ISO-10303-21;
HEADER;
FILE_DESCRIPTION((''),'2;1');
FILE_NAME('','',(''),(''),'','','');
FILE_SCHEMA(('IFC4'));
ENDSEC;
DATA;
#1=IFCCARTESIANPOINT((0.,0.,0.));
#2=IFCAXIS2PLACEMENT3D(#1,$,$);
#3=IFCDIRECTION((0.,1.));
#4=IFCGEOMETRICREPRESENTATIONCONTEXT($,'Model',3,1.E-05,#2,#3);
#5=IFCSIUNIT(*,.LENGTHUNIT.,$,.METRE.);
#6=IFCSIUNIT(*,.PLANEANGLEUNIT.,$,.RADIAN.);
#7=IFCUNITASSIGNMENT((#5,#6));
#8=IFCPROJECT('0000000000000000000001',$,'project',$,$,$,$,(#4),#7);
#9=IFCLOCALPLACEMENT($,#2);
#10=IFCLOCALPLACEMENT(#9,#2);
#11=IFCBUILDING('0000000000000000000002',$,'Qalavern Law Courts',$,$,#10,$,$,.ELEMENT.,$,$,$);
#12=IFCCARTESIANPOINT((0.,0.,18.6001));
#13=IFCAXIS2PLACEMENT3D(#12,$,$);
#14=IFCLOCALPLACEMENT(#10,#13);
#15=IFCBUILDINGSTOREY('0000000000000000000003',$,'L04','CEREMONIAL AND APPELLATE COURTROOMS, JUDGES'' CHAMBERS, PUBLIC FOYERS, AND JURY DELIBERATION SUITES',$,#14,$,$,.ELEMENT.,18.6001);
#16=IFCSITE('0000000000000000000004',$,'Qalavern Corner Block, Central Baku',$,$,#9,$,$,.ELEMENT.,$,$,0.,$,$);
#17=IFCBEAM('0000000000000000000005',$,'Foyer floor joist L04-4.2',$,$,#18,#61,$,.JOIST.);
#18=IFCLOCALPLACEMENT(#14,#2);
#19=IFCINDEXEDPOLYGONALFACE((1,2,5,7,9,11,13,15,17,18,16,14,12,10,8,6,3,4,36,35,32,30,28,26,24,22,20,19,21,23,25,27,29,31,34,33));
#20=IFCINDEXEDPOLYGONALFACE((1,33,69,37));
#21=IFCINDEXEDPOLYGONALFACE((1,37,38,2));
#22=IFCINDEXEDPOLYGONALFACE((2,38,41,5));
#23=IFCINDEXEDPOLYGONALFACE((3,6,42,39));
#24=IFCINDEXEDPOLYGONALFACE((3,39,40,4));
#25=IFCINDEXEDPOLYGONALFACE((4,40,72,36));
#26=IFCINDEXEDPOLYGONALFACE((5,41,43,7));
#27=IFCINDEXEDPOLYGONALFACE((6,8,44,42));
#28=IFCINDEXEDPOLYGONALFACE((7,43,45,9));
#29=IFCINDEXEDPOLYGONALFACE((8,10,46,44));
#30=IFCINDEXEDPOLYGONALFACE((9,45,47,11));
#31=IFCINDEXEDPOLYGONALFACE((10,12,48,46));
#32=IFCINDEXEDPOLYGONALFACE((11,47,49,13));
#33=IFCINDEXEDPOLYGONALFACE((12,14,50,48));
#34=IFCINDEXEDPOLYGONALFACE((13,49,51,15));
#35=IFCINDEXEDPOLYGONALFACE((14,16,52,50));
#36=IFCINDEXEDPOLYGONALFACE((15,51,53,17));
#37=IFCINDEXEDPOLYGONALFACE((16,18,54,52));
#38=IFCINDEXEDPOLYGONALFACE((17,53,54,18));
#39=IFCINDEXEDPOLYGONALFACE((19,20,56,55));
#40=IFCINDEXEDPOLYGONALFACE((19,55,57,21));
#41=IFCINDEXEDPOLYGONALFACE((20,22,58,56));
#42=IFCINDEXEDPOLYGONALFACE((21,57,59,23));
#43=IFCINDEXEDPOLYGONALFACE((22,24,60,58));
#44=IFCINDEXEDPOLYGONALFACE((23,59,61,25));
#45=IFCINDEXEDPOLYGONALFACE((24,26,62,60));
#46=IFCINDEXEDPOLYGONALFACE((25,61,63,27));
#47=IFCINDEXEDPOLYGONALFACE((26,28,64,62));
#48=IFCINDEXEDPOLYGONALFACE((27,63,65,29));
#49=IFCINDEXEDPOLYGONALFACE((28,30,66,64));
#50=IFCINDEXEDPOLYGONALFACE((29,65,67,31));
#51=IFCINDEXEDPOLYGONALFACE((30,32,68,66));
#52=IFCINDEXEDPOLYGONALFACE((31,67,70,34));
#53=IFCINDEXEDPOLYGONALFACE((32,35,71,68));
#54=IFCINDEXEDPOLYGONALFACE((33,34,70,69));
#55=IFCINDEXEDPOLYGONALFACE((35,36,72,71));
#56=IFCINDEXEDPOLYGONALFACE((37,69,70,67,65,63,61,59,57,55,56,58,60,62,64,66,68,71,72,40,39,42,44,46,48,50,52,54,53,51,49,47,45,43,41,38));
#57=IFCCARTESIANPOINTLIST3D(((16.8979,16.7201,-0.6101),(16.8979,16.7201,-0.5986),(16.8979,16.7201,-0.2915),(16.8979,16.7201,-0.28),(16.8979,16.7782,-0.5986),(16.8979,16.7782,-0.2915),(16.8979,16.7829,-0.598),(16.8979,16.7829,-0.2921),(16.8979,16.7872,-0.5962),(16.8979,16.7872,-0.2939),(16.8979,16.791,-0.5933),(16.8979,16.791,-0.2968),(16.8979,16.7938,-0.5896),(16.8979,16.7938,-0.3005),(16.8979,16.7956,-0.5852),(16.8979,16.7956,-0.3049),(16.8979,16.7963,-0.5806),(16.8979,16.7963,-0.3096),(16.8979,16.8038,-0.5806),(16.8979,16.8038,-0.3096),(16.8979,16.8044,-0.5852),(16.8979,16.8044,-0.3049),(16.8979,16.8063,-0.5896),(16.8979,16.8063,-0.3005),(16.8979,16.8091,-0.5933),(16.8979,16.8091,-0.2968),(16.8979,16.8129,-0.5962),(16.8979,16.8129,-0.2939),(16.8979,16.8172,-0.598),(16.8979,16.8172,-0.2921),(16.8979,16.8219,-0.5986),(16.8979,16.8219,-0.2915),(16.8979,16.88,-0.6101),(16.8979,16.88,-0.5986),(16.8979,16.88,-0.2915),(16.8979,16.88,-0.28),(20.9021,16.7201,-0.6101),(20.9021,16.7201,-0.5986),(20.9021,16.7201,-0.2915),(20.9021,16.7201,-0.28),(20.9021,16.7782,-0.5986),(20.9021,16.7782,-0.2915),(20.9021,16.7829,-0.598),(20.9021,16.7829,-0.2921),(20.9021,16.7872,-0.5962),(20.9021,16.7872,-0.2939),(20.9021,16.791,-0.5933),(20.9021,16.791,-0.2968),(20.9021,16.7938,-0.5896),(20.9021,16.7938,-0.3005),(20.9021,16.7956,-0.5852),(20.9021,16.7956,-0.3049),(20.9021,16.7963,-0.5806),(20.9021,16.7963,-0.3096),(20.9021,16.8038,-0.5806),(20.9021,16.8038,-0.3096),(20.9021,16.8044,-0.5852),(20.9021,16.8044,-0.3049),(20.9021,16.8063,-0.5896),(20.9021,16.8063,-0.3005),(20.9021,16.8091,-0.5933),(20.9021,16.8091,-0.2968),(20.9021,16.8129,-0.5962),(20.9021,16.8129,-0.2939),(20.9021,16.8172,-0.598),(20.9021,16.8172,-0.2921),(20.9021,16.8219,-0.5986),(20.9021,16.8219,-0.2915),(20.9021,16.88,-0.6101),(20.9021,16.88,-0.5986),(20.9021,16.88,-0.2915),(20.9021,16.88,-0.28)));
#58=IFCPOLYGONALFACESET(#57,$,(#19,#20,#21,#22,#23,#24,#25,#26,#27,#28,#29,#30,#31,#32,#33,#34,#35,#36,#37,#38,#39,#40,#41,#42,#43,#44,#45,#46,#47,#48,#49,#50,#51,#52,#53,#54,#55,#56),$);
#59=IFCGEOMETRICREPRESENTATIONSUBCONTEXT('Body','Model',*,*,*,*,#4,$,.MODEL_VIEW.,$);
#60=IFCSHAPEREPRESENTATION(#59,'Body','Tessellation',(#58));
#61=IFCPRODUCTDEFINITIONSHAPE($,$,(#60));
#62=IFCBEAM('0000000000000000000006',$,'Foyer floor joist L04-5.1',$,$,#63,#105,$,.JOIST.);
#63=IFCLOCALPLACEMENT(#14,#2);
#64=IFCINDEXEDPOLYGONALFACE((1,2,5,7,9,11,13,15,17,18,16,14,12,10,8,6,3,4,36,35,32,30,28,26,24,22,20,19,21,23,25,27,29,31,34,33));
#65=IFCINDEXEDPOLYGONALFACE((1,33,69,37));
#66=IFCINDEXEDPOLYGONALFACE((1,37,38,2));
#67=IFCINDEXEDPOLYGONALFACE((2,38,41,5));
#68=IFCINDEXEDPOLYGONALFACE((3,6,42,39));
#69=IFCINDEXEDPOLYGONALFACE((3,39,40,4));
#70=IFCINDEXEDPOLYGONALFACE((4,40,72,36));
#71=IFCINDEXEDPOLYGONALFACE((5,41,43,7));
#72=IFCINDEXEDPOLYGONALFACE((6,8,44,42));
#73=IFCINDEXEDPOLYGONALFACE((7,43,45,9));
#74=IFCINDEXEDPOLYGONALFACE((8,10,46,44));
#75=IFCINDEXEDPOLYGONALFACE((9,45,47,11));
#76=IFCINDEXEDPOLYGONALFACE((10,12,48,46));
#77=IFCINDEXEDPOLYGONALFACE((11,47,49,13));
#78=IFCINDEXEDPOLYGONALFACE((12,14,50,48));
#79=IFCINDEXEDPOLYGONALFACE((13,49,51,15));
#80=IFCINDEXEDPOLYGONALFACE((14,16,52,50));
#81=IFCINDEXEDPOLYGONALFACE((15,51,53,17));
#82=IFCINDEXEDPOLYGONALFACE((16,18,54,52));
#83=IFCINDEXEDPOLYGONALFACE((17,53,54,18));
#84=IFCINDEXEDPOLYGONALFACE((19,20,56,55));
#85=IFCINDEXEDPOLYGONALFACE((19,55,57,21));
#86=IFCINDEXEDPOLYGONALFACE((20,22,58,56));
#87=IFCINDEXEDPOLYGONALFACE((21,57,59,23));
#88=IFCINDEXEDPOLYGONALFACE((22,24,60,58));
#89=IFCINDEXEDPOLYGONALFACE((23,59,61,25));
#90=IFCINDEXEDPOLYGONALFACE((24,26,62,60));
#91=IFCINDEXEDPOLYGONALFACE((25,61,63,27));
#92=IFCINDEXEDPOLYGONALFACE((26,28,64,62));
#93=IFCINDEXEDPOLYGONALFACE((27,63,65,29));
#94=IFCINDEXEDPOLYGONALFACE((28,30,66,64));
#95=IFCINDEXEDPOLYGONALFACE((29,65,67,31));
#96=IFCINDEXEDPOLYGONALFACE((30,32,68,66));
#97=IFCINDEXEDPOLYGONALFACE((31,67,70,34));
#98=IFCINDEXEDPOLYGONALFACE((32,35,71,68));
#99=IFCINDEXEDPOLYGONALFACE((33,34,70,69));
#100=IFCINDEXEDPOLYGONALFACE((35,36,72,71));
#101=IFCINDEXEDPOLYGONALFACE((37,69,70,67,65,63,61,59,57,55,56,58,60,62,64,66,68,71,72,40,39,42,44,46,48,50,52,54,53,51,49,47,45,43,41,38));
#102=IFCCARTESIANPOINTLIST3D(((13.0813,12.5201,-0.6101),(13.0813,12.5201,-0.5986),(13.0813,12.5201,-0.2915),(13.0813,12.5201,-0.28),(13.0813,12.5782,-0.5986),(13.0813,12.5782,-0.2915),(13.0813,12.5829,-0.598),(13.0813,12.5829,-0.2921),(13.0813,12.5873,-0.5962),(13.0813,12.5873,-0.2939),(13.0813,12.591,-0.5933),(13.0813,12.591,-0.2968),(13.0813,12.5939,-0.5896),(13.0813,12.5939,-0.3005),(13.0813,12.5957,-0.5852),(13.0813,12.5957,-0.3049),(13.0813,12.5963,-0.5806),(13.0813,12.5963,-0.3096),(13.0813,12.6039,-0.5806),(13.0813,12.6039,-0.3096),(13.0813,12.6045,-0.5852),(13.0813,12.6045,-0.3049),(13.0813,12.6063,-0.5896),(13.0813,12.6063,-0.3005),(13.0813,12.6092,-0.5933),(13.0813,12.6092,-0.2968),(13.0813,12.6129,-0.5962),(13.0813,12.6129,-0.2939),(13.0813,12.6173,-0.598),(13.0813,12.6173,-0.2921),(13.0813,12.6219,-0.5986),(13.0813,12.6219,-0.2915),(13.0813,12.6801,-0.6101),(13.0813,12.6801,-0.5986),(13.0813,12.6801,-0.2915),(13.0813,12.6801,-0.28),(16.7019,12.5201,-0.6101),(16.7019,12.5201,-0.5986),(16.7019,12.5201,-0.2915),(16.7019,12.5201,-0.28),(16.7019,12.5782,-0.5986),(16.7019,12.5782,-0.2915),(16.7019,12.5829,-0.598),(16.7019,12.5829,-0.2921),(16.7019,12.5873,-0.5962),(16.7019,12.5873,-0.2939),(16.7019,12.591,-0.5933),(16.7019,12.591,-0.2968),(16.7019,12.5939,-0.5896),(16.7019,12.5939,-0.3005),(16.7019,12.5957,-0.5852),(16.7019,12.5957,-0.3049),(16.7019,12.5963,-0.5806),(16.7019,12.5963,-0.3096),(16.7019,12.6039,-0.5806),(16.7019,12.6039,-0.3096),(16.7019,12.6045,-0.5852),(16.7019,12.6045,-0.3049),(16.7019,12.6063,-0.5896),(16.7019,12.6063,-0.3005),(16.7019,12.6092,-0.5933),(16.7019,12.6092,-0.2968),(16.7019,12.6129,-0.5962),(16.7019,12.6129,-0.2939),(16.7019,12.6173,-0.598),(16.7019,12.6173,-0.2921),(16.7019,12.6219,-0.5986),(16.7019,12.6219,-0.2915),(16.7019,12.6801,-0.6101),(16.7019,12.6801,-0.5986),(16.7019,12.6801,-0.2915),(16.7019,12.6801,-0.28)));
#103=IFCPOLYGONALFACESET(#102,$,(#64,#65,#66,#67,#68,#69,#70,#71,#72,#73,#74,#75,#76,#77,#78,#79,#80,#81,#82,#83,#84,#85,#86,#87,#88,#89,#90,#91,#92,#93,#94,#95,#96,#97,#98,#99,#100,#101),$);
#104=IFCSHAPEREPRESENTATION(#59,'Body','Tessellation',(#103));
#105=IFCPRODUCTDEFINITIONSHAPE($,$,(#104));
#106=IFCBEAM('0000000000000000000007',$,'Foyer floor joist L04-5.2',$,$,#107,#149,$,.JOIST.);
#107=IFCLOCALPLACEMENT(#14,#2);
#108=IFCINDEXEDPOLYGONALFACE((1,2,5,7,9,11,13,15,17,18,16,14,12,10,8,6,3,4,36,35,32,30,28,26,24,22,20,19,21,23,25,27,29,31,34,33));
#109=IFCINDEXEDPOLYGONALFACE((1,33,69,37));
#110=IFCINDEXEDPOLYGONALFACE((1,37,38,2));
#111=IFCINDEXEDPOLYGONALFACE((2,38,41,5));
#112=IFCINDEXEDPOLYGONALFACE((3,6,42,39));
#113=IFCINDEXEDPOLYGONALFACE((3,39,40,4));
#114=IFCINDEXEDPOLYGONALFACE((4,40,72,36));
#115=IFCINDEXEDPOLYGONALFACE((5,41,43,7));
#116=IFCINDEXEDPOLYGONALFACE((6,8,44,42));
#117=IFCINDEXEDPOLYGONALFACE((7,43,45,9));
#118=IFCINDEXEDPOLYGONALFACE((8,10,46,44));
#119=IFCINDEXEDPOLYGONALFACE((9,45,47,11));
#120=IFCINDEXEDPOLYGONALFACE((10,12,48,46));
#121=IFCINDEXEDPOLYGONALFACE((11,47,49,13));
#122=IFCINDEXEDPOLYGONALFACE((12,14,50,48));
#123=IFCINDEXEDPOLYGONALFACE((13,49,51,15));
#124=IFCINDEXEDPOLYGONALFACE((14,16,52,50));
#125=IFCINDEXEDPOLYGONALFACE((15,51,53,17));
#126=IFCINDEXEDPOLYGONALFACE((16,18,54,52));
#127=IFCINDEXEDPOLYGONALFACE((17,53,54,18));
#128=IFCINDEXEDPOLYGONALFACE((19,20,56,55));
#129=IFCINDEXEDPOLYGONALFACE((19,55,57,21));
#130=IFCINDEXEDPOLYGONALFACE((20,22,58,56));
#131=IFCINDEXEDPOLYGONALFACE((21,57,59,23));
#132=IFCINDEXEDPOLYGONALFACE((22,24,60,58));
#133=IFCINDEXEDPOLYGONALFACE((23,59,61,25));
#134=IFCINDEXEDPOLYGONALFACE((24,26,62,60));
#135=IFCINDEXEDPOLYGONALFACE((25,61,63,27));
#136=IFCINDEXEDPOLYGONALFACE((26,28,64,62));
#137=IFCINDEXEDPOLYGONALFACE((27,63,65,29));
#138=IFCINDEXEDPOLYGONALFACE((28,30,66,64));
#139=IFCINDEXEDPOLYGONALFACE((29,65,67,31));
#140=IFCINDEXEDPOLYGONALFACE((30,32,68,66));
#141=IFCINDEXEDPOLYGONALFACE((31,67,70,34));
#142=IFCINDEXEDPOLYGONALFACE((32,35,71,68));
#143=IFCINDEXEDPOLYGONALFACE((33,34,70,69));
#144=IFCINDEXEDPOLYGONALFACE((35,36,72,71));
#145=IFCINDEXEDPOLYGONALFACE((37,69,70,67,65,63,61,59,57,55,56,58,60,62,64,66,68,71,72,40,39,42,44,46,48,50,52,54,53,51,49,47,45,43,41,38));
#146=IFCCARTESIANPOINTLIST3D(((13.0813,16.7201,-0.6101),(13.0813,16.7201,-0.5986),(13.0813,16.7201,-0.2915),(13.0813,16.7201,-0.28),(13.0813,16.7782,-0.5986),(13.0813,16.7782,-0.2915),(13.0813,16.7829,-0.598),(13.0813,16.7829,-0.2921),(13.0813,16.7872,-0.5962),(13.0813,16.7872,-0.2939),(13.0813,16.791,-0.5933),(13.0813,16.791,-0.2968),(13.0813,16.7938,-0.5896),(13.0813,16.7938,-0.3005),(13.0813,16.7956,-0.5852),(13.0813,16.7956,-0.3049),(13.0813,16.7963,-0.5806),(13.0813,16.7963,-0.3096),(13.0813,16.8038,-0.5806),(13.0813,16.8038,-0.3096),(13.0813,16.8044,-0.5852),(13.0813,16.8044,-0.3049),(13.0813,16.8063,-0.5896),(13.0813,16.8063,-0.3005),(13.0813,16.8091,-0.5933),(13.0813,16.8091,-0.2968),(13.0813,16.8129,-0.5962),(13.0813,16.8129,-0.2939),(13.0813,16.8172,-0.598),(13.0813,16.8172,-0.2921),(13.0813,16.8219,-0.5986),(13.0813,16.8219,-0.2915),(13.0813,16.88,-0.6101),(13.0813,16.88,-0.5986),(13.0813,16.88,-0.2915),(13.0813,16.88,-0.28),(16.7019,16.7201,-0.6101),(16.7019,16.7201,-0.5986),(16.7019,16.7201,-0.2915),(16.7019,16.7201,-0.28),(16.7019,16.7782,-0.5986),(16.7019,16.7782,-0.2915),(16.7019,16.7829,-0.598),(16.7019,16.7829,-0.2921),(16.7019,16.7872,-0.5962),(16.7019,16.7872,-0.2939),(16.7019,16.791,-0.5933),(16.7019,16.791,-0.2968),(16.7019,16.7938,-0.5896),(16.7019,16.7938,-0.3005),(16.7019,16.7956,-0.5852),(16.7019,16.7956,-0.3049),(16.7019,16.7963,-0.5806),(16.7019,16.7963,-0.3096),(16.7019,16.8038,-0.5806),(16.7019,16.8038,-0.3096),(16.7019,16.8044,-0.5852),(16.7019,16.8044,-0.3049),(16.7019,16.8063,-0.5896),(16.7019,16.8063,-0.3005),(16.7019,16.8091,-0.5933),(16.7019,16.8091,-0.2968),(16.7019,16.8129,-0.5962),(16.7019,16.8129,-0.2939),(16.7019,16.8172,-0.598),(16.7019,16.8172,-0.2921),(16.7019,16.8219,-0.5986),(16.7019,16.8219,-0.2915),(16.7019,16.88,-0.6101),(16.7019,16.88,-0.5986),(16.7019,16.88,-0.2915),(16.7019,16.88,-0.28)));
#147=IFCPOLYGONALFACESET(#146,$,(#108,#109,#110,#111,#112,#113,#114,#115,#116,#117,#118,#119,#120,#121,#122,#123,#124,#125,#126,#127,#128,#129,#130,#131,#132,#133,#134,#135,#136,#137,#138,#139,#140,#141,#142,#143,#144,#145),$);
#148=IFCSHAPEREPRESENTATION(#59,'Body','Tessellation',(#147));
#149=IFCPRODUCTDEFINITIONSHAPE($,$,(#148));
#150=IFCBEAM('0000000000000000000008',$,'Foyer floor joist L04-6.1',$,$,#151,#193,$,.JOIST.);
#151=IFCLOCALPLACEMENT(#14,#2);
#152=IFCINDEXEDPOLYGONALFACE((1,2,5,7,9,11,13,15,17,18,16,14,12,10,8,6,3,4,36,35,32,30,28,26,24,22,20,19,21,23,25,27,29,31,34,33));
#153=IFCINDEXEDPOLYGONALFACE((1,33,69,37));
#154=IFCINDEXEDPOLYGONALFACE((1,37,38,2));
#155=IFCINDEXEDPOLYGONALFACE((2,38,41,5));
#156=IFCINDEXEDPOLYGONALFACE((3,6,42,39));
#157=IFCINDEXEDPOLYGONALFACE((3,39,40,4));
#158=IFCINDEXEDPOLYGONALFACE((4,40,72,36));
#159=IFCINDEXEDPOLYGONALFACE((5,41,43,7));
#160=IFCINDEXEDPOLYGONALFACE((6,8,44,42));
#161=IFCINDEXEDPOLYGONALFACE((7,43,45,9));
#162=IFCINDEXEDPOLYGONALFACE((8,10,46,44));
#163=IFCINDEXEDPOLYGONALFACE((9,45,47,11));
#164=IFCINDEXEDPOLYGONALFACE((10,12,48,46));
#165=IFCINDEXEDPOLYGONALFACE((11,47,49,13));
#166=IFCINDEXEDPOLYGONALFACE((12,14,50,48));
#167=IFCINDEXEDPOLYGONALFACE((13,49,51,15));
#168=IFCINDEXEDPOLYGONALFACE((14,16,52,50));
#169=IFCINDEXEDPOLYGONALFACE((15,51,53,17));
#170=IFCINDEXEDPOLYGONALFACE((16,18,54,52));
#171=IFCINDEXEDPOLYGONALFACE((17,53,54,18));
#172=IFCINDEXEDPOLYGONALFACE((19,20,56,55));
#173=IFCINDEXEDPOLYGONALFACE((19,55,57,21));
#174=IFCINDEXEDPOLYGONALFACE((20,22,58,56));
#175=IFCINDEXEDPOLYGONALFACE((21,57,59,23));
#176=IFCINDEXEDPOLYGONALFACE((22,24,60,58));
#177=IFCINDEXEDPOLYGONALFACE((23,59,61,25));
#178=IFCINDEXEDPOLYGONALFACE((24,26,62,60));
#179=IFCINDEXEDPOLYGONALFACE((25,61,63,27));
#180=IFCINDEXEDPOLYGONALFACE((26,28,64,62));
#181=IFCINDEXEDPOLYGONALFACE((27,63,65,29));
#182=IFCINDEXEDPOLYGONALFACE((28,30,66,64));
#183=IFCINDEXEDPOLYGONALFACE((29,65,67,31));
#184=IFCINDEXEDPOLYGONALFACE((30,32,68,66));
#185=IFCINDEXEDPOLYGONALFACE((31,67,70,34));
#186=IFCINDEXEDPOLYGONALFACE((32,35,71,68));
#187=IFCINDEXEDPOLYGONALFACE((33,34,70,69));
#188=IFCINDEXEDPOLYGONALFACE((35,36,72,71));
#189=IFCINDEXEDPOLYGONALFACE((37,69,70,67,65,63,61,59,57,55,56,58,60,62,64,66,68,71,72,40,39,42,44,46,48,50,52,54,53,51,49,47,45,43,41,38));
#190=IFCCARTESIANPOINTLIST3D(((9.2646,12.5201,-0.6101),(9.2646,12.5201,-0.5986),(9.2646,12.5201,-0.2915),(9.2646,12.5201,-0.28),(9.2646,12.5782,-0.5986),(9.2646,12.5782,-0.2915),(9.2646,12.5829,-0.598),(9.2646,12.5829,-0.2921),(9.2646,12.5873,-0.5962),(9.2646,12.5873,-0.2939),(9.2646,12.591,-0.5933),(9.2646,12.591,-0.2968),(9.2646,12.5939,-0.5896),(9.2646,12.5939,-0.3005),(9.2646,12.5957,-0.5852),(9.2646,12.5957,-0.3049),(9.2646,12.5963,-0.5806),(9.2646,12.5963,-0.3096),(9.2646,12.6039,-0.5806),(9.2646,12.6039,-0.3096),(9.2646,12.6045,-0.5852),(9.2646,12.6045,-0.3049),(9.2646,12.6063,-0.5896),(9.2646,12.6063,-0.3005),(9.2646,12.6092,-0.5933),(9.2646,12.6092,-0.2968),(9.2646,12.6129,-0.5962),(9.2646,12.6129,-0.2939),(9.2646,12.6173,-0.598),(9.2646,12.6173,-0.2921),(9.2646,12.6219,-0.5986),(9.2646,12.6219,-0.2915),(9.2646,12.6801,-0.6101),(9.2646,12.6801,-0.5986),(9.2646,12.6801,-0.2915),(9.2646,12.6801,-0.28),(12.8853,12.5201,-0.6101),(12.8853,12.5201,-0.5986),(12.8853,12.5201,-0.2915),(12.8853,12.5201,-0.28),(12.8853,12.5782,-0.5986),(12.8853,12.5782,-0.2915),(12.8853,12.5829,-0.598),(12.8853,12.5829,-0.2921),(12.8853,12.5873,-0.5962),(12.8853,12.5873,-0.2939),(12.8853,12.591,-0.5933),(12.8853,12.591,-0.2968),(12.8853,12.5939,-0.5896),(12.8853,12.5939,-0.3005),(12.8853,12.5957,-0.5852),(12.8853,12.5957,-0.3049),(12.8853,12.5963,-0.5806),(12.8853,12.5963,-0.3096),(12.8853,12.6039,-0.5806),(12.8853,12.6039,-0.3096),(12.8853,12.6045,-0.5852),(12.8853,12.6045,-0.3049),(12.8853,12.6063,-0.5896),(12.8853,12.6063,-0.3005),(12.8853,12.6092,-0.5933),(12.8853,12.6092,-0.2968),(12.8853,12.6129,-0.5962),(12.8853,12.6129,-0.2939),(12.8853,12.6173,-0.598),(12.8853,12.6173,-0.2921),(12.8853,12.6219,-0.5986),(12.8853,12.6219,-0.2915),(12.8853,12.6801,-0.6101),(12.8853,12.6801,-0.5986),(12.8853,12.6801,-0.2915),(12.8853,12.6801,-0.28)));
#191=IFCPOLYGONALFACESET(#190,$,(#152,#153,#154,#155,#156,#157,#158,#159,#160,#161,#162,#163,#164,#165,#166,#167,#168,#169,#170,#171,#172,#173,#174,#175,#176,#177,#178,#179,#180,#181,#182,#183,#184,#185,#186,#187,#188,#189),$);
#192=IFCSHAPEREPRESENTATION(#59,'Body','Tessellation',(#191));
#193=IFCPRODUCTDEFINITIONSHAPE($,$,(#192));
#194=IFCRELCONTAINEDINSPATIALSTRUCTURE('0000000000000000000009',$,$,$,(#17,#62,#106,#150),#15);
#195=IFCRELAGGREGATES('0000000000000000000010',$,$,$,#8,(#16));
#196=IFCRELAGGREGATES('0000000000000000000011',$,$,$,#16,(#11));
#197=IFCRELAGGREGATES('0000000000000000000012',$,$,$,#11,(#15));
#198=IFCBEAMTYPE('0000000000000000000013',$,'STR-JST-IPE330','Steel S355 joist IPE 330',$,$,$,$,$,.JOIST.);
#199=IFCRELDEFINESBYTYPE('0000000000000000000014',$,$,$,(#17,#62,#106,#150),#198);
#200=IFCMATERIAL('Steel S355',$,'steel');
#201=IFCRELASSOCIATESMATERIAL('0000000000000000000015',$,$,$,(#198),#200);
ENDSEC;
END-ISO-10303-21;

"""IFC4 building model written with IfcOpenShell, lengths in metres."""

from ifc_helpers import new_model, si_unit, direction, frame, origin, origin_2d, place, context, subcontext, project, spatial, i_section, extrude, material, material_profile, profile_set, type_object, element, save


model = new_model("IFC4")

# Units and contexts
model_context = context("Model", 3, precision=1e-05, world=origin(), true_north=direction((0.0, 1.0)))
body_context = subcontext(model_context, "Body", "Model", "MODEL_VIEW")
ifc_project = project(units=[si_unit("LENGTHUNIT", "METRE"), si_unit("PLANEANGLEUNIT", "RADIAN")], contexts=[model_context])

# Site, building, storey
site_placement = place(None, origin())
site = spatial("IfcSite", under=ifc_project, at=site_placement, Name="Qalavern Corner Block, Central Baku", CompositionType="ELEMENT", RefElevation=0.0)
building_placement = place(site_placement, origin())
building = spatial("IfcBuilding", under=site, at=building_placement, Name="Qalavern Law Courts", CompositionType="ELEMENT")
storey_placement = place(building_placement, frame((0.0, 0.0, 18.6001)))
storey = spatial("IfcBuildingStorey", under=building, at=storey_placement, Name="L04", Description="CEREMONIAL AND APPELLATE COURTROOMS, JUDGES' CHAMBERS, PUBLIC FOYERS, AND JURY DELIBERATION SUITES", CompositionType="ELEMENT", Elevation=18.6001)

# Beams
ifc_material_1 = material(Name="Steel S355", Category="steel")
ifc_material_profile_1 = material_profile(ifc_material_1, i_section(OverallWidth=0.1599, OverallDepth=0.3301, WebThickness=0.0076, FlangeThickness=0.0115, FilletRadius=0.0181, at=origin_2d()), Name="IPE 330")
ifc_profile_set_1 = profile_set([ifc_material_profile_1], Name="Steel S355")
beam_type_1 = type_object("IfcBeamType", Name="STR-JST-IPE330", Description="Steel S355 joist IPE 330", PredefinedType="JOIST", material=ifc_profile_set_1)
for number, where, z_axis, x_axis, name in (
    (1, (16.8979, 16.8, -0.4451), (1.0, 0.0, 0.0), (0.0, 1.0, 0.0), "Foyer floor joist L04-4.2"),
):
    element("IfcBeam", number, at=place(storey_placement, frame(where, z_axis=z_axis, x_axis=x_axis)), inside=storey, type_object=beam_type_1, Name=name, PredefinedType="JOIST", context=body_context, shape_type="SweptSolid", body=[
        extrude(i_section(OverallWidth=0.1599, OverallDepth=0.3301, WebThickness=0.0076, FlangeThickness=0.0115, FilletRadius=0.0181, at=origin_2d()), origin(), (0.0, 0.0, 1.0), 4.0042),
    ])
for number, where, z_axis, x_axis, name in (
    (2, (13.0813, 12.6001, -0.4451), (1.0, 0.0, 0.0), (0.0, 1.0, 0.0), "Foyer floor joist L04-5.1"),
    (3, (13.0813, 16.8, -0.4451), (1.0, 0.0, 0.0), (0.0, 1.0, 0.0), "Foyer floor joist L04-5.2"),
    (4, (9.2646, 12.6001, -0.4451), (1.0, 0.0, 0.0), (0.0, 1.0, 0.0), "Foyer floor joist L04-6.1"),
):
    element("IfcBeam", number, at=place(storey_placement, frame(where, z_axis=z_axis, x_axis=x_axis)), inside=storey, type_object=beam_type_1, Name=name, PredefinedType="JOIST", context=body_context, shape_type="SweptSolid", body=[
        extrude(i_section(OverallWidth=0.1599, OverallDepth=0.3301, WebThickness=0.0076, FlangeThickness=0.0115, FilletRadius=0.0181, at=origin_2d()), origin(), (0.0, 0.0, 1.0), 3.6206),
    ])

save(model, "model.ifc")
